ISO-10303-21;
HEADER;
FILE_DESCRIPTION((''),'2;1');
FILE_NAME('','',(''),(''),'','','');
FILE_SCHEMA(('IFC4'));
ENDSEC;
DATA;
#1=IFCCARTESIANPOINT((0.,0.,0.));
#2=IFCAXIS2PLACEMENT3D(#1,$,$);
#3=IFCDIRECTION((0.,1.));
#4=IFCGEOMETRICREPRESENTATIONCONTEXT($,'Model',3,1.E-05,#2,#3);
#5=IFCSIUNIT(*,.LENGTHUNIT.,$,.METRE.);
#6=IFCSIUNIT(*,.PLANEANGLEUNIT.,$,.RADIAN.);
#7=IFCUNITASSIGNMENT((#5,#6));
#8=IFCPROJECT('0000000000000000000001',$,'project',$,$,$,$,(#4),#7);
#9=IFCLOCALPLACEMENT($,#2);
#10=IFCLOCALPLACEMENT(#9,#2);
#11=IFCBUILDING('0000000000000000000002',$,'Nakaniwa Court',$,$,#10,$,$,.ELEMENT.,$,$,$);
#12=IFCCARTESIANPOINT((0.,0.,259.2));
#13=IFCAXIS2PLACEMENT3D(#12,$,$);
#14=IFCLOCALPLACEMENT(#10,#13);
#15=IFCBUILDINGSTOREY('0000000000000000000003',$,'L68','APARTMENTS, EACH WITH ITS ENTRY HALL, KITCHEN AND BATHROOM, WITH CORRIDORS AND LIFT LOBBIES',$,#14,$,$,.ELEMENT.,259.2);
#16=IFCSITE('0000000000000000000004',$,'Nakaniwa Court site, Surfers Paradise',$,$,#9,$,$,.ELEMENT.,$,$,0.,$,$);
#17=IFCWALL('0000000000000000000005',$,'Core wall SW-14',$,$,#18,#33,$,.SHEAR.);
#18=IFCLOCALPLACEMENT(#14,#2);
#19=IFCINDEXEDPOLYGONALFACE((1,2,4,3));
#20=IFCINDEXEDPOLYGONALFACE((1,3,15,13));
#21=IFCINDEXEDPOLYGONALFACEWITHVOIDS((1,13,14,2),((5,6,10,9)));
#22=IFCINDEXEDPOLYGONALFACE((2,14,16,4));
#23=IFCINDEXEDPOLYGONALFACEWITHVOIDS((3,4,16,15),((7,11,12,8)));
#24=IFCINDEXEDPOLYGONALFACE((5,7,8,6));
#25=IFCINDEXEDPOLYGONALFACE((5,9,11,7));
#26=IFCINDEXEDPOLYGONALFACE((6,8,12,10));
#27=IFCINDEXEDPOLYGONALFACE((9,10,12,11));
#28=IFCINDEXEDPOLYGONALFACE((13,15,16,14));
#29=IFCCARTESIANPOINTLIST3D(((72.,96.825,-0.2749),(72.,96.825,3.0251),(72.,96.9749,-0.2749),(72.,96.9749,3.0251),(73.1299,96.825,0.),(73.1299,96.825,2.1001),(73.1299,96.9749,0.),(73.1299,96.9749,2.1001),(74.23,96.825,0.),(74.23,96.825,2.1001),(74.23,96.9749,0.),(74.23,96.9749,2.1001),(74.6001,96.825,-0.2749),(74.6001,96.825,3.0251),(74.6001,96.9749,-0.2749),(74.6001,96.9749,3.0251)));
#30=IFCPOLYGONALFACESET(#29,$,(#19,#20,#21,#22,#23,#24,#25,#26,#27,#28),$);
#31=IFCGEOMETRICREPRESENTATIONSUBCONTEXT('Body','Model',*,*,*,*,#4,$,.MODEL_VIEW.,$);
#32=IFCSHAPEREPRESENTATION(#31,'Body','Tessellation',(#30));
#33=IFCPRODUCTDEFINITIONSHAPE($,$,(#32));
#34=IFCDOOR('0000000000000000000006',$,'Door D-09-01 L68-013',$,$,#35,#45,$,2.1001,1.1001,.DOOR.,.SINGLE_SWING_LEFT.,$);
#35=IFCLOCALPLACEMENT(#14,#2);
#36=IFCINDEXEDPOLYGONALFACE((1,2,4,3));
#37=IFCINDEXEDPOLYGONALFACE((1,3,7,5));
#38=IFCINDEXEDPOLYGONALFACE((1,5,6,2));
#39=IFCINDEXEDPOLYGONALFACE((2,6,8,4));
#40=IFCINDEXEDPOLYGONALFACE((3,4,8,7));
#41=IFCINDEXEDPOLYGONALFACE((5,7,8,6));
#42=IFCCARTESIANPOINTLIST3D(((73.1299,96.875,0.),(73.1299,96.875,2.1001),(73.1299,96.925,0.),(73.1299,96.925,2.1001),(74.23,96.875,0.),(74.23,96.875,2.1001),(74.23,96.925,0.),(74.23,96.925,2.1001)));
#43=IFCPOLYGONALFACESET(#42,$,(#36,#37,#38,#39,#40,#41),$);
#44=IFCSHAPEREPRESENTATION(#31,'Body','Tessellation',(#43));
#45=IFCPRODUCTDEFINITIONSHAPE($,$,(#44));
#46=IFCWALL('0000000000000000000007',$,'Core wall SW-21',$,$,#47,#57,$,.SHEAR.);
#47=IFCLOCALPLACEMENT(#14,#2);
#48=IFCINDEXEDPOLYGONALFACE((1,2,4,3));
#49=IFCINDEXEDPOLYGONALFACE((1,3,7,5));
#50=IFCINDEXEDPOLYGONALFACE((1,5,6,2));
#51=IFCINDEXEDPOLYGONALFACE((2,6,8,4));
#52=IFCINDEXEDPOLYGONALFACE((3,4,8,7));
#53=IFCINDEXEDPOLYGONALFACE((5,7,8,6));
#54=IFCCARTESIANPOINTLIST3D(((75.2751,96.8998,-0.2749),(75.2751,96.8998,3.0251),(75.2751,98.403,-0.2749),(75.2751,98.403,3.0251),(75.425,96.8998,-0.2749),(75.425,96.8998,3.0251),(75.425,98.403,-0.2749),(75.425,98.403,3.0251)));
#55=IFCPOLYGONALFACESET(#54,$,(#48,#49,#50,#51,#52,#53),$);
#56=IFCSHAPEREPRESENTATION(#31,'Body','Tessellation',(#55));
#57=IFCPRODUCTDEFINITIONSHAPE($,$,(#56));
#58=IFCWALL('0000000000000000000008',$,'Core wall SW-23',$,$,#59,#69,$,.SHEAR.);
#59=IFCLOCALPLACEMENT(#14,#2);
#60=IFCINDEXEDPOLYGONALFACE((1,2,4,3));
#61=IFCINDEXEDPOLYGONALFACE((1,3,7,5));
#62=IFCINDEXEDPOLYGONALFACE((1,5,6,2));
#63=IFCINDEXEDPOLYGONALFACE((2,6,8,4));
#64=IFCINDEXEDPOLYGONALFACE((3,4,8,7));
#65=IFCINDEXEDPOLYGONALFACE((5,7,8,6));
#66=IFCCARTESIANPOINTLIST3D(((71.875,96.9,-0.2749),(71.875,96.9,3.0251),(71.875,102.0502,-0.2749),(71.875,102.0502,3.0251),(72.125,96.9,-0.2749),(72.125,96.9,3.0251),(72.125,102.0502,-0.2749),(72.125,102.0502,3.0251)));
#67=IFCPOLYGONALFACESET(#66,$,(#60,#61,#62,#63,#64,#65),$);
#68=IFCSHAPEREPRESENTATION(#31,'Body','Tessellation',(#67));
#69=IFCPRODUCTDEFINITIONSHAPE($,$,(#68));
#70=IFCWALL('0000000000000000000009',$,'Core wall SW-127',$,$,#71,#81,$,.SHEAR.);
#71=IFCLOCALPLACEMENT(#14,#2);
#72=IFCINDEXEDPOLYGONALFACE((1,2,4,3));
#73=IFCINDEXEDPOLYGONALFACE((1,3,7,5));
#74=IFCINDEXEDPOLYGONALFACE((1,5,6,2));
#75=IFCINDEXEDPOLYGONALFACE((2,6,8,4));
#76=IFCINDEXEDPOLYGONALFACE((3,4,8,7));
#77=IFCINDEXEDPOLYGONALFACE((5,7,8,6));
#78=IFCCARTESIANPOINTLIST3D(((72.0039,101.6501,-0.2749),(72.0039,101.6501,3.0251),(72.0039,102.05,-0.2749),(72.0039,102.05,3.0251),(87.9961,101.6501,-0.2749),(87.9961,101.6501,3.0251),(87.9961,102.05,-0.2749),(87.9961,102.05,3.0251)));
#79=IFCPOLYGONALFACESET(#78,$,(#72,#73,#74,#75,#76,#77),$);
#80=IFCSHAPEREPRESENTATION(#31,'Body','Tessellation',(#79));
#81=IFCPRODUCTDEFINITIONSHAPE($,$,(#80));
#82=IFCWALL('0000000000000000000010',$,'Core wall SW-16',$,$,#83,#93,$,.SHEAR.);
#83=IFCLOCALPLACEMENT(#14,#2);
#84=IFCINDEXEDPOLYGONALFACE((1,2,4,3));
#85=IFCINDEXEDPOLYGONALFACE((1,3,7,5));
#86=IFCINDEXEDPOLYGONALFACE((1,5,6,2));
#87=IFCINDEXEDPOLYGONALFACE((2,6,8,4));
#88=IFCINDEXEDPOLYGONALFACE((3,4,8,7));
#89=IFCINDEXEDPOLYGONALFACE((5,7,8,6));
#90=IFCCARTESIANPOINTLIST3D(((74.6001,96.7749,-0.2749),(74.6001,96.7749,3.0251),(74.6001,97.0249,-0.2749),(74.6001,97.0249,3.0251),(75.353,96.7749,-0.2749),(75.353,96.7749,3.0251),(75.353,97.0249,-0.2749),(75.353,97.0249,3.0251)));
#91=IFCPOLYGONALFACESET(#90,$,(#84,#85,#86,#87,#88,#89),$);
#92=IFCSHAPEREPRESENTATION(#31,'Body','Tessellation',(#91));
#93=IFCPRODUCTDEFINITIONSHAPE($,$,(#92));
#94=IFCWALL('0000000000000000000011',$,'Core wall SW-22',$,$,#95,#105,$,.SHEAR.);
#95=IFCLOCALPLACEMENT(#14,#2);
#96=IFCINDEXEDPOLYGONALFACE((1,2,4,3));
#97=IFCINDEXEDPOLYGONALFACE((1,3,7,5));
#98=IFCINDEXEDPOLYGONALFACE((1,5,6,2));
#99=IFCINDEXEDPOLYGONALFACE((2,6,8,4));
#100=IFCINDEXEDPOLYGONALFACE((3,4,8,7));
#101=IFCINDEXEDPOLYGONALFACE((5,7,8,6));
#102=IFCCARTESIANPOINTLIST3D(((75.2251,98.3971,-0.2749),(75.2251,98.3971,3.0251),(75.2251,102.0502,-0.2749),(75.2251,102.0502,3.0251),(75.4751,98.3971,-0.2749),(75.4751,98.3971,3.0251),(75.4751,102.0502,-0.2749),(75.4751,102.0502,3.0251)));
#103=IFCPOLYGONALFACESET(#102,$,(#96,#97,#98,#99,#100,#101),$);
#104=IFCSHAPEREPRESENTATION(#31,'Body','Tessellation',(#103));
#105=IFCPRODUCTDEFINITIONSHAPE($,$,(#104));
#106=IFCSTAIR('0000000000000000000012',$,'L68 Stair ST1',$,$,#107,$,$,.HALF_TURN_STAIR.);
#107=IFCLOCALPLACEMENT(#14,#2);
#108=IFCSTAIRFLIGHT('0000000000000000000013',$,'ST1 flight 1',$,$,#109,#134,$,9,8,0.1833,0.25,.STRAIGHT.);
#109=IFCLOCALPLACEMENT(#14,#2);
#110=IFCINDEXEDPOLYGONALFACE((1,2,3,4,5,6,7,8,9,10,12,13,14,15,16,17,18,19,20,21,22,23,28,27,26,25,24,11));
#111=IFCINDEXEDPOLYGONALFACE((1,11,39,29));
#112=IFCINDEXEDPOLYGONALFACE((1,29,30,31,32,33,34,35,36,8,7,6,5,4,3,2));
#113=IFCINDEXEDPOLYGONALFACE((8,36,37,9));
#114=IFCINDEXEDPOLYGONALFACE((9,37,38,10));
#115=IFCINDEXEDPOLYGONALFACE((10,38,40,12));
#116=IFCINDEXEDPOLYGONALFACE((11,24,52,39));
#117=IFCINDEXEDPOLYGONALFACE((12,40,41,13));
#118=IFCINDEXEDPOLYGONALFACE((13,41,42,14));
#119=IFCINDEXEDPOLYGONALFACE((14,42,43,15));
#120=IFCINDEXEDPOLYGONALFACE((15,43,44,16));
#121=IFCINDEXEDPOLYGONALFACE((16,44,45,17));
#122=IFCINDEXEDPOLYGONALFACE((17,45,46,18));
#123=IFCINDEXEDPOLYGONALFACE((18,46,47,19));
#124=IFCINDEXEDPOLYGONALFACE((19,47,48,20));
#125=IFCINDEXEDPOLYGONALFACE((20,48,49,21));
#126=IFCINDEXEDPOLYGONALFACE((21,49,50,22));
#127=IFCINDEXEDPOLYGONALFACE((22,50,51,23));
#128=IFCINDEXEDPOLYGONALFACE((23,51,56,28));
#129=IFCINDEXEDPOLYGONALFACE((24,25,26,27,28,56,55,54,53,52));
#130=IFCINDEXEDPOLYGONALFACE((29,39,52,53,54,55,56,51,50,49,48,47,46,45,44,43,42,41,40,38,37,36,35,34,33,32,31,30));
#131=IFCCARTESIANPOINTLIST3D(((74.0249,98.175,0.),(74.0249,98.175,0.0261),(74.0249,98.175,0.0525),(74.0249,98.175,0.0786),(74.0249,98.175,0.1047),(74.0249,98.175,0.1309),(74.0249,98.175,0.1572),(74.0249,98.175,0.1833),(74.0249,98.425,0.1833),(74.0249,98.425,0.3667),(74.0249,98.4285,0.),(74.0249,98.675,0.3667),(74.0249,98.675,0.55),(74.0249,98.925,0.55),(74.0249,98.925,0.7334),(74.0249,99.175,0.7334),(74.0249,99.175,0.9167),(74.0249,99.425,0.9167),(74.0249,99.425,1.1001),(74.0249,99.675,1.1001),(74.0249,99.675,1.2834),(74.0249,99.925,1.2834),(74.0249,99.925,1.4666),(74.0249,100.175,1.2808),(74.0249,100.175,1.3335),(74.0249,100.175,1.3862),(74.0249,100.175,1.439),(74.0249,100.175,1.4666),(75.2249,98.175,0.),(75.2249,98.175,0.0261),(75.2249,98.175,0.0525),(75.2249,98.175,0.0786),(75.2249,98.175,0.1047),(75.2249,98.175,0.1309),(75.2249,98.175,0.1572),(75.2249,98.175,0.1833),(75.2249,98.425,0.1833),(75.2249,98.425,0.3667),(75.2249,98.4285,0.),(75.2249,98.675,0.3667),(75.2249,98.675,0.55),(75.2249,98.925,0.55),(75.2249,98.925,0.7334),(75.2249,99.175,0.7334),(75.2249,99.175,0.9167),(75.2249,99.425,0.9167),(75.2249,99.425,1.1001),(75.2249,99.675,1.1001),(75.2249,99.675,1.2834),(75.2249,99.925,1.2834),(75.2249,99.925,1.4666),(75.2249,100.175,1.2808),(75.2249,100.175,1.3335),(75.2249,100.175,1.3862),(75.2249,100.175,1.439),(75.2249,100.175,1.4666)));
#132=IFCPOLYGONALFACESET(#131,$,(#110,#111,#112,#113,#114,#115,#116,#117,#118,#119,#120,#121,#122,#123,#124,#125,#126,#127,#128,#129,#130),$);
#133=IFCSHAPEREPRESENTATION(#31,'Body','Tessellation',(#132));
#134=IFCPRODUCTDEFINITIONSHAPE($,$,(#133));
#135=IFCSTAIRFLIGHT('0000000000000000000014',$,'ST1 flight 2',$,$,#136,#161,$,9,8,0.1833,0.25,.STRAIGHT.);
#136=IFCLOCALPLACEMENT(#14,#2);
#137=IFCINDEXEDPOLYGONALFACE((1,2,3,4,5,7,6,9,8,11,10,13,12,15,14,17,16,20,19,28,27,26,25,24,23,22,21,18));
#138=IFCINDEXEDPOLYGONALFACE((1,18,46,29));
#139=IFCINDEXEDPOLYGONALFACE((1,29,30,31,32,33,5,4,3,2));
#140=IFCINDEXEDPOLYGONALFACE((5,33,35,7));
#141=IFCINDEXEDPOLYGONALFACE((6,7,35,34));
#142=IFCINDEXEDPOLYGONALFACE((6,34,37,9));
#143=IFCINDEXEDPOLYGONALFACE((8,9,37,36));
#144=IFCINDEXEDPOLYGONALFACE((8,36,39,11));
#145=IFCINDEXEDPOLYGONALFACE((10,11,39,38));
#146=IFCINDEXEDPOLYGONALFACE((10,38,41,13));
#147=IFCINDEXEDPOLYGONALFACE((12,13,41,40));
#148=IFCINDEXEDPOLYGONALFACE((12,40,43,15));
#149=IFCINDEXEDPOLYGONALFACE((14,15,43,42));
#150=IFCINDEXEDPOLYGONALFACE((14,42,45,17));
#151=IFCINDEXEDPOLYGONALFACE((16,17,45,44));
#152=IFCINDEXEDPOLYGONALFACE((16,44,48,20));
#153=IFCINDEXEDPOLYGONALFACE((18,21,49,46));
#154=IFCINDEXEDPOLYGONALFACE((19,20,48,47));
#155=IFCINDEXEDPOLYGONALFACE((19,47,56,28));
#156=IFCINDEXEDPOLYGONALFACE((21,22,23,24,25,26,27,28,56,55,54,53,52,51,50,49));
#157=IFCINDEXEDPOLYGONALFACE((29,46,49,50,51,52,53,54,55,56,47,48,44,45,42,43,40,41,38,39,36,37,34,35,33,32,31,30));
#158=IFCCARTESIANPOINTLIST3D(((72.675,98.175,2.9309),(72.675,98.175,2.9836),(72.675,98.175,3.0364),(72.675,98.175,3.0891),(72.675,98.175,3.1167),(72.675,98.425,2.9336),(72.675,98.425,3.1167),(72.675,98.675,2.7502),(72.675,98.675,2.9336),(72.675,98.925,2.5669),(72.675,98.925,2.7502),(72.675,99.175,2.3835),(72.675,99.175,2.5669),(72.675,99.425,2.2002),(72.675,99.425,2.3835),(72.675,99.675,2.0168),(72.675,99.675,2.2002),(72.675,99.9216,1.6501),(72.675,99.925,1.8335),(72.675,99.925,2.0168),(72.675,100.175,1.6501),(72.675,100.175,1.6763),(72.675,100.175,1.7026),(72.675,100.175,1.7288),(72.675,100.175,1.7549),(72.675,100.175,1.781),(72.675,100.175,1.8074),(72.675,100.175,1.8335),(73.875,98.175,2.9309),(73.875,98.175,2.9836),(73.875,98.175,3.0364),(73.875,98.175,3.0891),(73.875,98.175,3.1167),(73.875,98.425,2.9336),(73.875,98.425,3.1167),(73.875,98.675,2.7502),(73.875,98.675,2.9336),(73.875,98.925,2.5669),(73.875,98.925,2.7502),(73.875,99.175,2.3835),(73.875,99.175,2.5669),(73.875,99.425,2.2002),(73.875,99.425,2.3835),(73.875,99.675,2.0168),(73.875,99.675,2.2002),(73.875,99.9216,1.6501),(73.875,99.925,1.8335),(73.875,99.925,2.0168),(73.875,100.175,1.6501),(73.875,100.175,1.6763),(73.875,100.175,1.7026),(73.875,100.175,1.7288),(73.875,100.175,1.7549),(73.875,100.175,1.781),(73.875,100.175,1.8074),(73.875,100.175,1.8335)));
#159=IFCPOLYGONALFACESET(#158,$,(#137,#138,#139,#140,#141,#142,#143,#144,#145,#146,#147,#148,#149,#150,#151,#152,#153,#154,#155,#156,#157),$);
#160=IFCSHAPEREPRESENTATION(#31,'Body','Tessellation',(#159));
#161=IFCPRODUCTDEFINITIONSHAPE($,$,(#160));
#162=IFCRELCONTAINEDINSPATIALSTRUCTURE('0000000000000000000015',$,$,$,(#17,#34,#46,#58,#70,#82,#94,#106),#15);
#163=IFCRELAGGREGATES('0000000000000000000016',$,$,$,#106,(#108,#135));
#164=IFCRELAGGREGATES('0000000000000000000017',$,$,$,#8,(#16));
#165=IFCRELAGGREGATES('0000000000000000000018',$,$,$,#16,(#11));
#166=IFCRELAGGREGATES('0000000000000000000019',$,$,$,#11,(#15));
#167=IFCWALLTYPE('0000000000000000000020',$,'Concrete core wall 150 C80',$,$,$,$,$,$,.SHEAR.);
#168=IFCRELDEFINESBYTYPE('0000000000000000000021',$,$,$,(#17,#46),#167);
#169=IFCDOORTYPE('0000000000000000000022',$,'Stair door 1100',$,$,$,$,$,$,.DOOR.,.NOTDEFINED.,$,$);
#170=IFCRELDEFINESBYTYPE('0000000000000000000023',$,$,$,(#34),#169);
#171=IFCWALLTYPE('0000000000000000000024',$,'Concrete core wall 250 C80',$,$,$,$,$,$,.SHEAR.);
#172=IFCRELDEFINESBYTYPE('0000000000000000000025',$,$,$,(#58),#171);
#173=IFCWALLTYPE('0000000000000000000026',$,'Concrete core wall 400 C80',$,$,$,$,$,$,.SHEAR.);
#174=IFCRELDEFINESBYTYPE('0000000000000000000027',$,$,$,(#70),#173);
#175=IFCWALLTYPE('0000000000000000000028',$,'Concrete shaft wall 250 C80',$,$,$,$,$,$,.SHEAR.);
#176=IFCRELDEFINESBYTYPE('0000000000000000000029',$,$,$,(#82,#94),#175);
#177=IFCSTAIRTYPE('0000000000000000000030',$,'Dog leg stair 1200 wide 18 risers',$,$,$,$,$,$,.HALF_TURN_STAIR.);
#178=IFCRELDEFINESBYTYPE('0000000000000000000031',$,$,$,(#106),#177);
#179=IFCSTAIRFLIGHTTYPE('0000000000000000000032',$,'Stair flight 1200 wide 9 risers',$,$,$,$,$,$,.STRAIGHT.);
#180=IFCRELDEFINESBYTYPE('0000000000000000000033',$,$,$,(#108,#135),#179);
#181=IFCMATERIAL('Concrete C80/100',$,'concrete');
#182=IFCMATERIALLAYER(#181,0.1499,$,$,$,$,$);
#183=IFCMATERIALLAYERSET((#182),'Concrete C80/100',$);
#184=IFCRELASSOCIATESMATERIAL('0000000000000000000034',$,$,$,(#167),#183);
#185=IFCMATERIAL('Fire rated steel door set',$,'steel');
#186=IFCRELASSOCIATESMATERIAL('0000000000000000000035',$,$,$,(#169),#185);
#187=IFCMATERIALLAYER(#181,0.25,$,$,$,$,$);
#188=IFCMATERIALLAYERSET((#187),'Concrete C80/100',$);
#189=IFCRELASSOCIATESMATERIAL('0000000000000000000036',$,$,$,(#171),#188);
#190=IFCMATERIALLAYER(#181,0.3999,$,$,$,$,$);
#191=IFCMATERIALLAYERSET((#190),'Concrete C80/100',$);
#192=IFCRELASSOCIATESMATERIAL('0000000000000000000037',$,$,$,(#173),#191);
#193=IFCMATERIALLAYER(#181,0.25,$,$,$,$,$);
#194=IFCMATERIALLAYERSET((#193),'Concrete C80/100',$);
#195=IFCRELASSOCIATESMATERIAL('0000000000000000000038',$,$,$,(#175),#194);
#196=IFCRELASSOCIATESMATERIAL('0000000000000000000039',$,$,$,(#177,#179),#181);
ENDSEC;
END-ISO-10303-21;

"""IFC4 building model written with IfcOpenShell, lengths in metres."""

from ifc_helpers import new_model, si_unit, direction, frame, frame_2d, origin, place, context, subcontext, project, spatial, polyline, rectangle, outline, extrude, material, layer, layer_set, type_object, element, fill, aggregate, save


model = new_model("IFC4")

# Units and contexts
model_context = context("Model", 3, precision=1e-05, world=origin(), true_north=direction((0.0, 1.0)))
body_context = subcontext(model_context, "Body", "Model", "MODEL_VIEW")
ifc_project = project(units=[si_unit("LENGTHUNIT", "METRE"), si_unit("PLANEANGLEUNIT", "RADIAN")], contexts=[model_context])

# Site, building, storey
site_placement = place(None, origin())
site = spatial("IfcSite", under=ifc_project, at=site_placement, Name="Nakaniwa Court site, Surfers Paradise", CompositionType="ELEMENT", RefElevation=0.0)
building_placement = place(site_placement, origin())
building = spatial("IfcBuilding", under=site, at=building_placement, Name="Nakaniwa Court", CompositionType="ELEMENT")
storey_placement = place(building_placement, frame((0.0, 0.0, 259.2)))
storey = spatial("IfcBuildingStorey", under=building, at=storey_placement, Name="L68", Description="APARTMENTS, EACH WITH ITS ENTRY HALL, KITCHEN AND BATHROOM, WITH CORRIDORS AND LIFT LOBBIES", CompositionType="ELEMENT", Elevation=259.2)

# Shared definitions
ifc_material_1 = material(Name="Concrete C80/100", Category="concrete")

# Shared definitions
ifc_material_2 = material(Name="Fire rated steel door set", Category="steel")

# Wall, opening, door
ifc_layer_1 = layer(ifc_material_1, 0.1499)
ifc_layer_set_1 = layer_set([ifc_layer_1], Name="Concrete C80/100")
wall_type_1 = type_object("IfcWallType", Name="Concrete core wall 150 C80", PredefinedType="SHEAR", material=ifc_layer_set_1)
wall_1_placement = place(storey_placement, frame((74.6001, 96.8999, -0.2749), z_axis=(0.0, 0.0, 1.0), x_axis=(-1.0, 0.0, 0.0)))
wall_1 = element("IfcWall", 1, at=wall_1_placement, inside=storey, type_object=wall_type_1, Name="Core wall SW-14", PredefinedType="SHEAR", context=body_context, shape_type="SweptSolid", body=[
    extrude(rectangle(XDim=2.6001, YDim=0.1499, at=frame_2d((1.3, 0.0))), origin(), (0.0, 0.0, 1.0), 3.3),
])
opening_1_placement = place(wall_1_placement, frame((0.3701, 0.0, 0.2749)))
opening_1 = element("IfcOpeningElement", 2, at=opening_1_placement, cuts=wall_1, PredefinedType="OPENING", context=body_context, shape_type="SweptSolid", body=[
    extrude(rectangle(XDim=1.1001, YDim=2.1001, at=frame_2d((0.55, 1.05))), frame((0.0, 0.085, 0.0), z_axis=(0.0, -1.0, 0.0), x_axis=(1.0, 0.0, 0.0)), (0.0, 0.0, 1.0), 0.1699),
])
door_type_1 = type_object("IfcDoorType", Name="Stair door 1100", OperationType="NOTDEFINED", PredefinedType="DOOR", material=ifc_material_2)
door_1_placement = place(opening_1_placement, origin())
door_1 = element("IfcDoor", 3, at=door_1_placement, inside=storey, type_object=door_type_1, Name="Door D-09-01 L68-013", OperationType="SINGLE_SWING_LEFT", OverallHeight=2.1001, OverallWidth=1.1001, PredefinedType="DOOR", context=body_context, shape_type="SweptSolid", body=[
    extrude(rectangle(XDim=1.1001, YDim=2.1001, at=frame_2d((0.55, 1.05))), frame((0.0, 0.0249, 0.0), z_axis=(0.0, -1.0, 0.0), x_axis=(1.0, 0.0, 0.0)), (0.0, 0.0, 1.0), 0.05),
])
fill(opening_1, door_1)

# Walls
wall_2_placement = place(storey_placement, frame((75.3501, 96.8999, -0.2749), z_axis=(0.0, 0.0, 1.0), x_axis=(0.0, 1.0, 0.0)))
element("IfcWall", 4, at=wall_2_placement, inside=storey, type_object=wall_type_1, Name="Core wall SW-21", PredefinedType="SHEAR", context=body_context, shape_type="SweptSolid", body=[
    extrude(rectangle(XDim=1.5032, YDim=0.1499, at=frame_2d((0.7515, 0.0))), origin(), (0.0, 0.0, 1.0), 3.3),
])
ifc_layer_2 = layer(ifc_material_1, 0.25)
ifc_layer_set_2 = layer_set([ifc_layer_2], Name="Concrete C80/100")
wall_type_2 = type_object("IfcWallType", Name="Concrete core wall 250 C80", PredefinedType="SHEAR", material=ifc_layer_set_2)
wall_3_placement = place(storey_placement, frame((72.0, 96.8999, -0.2749), z_axis=(0.0, 0.0, 1.0), x_axis=(0.0, 1.0, 0.0)))
element("IfcWall", 5, at=wall_3_placement, inside=storey, type_object=wall_type_2, Name="Core wall SW-23", PredefinedType="SHEAR", context=body_context, shape_type="SweptSolid", body=[
    extrude(rectangle(XDim=5.1501, YDim=0.25, at=frame_2d((2.5752, 0.0))), origin(), (0.0, 0.0, 1.0), 3.3),
])
ifc_layer_3 = layer(ifc_material_1, 0.3999)
ifc_layer_set_3 = layer_set([ifc_layer_3], Name="Concrete C80/100")
wall_type_3 = type_object("IfcWallType", Name="Concrete core wall 400 C80", PredefinedType="SHEAR", material=ifc_layer_set_3)
wall_4_placement = place(storey_placement, frame((72.0039, 101.8501, -0.2749), z_axis=(0.0, 0.0, 1.0), x_axis=(1.0, 0.0, 0.0)))
element("IfcWall", 6, at=wall_4_placement, inside=storey, type_object=wall_type_3, Name="Core wall SW-127", PredefinedType="SHEAR", context=body_context, shape_type="SweptSolid", body=[
    extrude(rectangle(XDim=15.9922, YDim=0.3999, at=frame_2d((7.9961, 0.0))), origin(), (0.0, 0.0, 1.0), 3.3),
])
ifc_layer_4 = layer(ifc_material_1, 0.25)
ifc_layer_set_4 = layer_set([ifc_layer_4], Name="Concrete C80/100")
wall_type_4 = type_object("IfcWallType", Name="Concrete shaft wall 250 C80", PredefinedType="SHEAR", material=ifc_layer_set_4)
wall_5_placement = place(storey_placement, frame((74.6001, 96.8999, -0.2749), z_axis=(0.0, 0.0, 1.0), x_axis=(1.0, 0.0, 0.0)))
element("IfcWall", 7, at=wall_5_placement, inside=storey, type_object=wall_type_4, Name="Core wall SW-16", PredefinedType="SHEAR", context=body_context, shape_type="SweptSolid", body=[
    extrude(rectangle(XDim=0.7529, YDim=0.25, at=frame_2d((0.3765, 0.0))), origin(), (0.0, 0.0, 1.0), 3.3),
])
wall_6_placement = place(storey_placement, frame((75.3501, 98.397, -0.2749), z_axis=(0.0, 0.0, 1.0), x_axis=(0.0, 1.0, 0.0)))
element("IfcWall", 8, at=wall_6_placement, inside=storey, type_object=wall_type_4, Name="Core wall SW-22", PredefinedType="SHEAR", context=body_context, shape_type="SweptSolid", body=[
    extrude(rectangle(XDim=3.6531, YDim=0.25, at=frame_2d((1.8267, 0.0))), origin(), (0.0, 0.0, 1.0), 3.3),
])

# Stair, stair flights
stair_type = type_object("IfcStairType", Name="Dog leg stair 1200 wide 18 risers", PredefinedType="HALF_TURN_STAIR", material=ifc_material_1)
stair_placement = place(storey_placement, origin())
stair = element("IfcStair", 9, at=stair_placement, inside=storey, type_object=stair_type, Name="L68 Stair ST1", PredefinedType="HALF_TURN_STAIR")
stair_flight_type = type_object("IfcStairFlightType", Name="Stair flight 1200 wide 9 risers", PredefinedType="STRAIGHT", material=ifc_material_1)
stair_flight_1_placement = place(storey_placement, frame((74.625, 98.175, 0.0), z_axis=(0.0, 0.0, 1.0), x_axis=(0.0, 1.0, 0.0)))
stair_flight_1 = element("IfcStairFlight", 10, at=stair_flight_1_placement, type_object=stair_flight_type, Name="ST1 flight 1", NumberOfRisers=9, NumberOfTreads=8, PredefinedType="STRAIGHT", RiserHeight=0.1833, TreadLength=0.25, context=body_context, shape_type="SweptSolid", body=[
    extrude(outline(polyline([(0.0, 0.0), (0.0, 0.0261), (0.0, 0.0525), (0.0, 0.0786), (0.0, 0.1047), (0.0, 0.1309), (0.0, 0.1572), (0.0, 0.1833), (0.25, 0.1833), (0.25, 0.3667), (0.5, 0.3667), (0.5, 0.55), (0.75, 0.55), (0.75, 0.7334), (1.0, 0.7334), (1.0, 0.9167), (1.25, 0.9167), (1.25, 1.1001), (1.5, 1.1001), (1.5, 1.2834), (1.75, 1.2834), (1.75, 1.4666), (2.0, 1.4666), (2.0, 1.6499), (2.0, 1.5972), (2.0, 1.5444), (2.0, 1.4917), (2.0, 1.439), (2.0, 1.3862), (2.0, 1.3335), (2.0, 1.2808), (0.2534, 0.0), (0.0, 0.0)])), frame((0.0, 0.6001, 0.0), z_axis=(0.0, -1.0, 0.0), x_axis=(1.0, 0.0, 0.0)), (0.0, 0.0, 1.0), 1.2),
])
stair_flight_2_placement = place(storey_placement, frame((73.2749, 100.175, 1.6501), z_axis=(0.0, 0.0, 1.0), x_axis=(0.0, -1.0, 0.0)))
stair_flight_2 = element("IfcStairFlight", 11, at=stair_flight_2_placement, type_object=stair_flight_type, Name="ST1 flight 2", NumberOfRisers=9, NumberOfTreads=8, PredefinedType="STRAIGHT", RiserHeight=0.1833, TreadLength=0.25, context=body_context, shape_type="SweptSolid", body=[
    extrude(outline(polyline([(0.0, 0.0), (0.0, 0.0261), (0.0, 0.0525), (0.0, 0.0786), (0.0, 0.1047), (0.0, 0.1309), (0.0, 0.1572), (0.0, 0.1833), (0.25, 0.1833), (0.25, 0.3667), (0.5, 0.3667), (0.5, 0.55), (0.75, 0.55), (0.75, 0.7334), (1.0, 0.7334), (1.0, 0.9167), (1.25, 0.9167), (1.25, 1.1001), (1.5, 1.1001), (1.5, 1.2834), (1.75, 1.2834), (1.75, 1.4666), (2.0, 1.4666), (2.0, 1.6499), (2.0, 1.5972), (2.0, 1.5444), (2.0, 1.4917), (2.0, 1.439), (2.0, 1.3862), (2.0, 1.3335), (2.0, 1.2808), (0.2534, 0.0), (0.0, 0.0)])), frame((0.0, 0.6001, 0.0), z_axis=(0.0, -1.0, 0.0), x_axis=(1.0, 0.0, 0.0)), (0.0, 0.0, 1.0), 1.2),
])
aggregate(stair, [stair_flight_1, stair_flight_2])

save(model, "model.ifc")
